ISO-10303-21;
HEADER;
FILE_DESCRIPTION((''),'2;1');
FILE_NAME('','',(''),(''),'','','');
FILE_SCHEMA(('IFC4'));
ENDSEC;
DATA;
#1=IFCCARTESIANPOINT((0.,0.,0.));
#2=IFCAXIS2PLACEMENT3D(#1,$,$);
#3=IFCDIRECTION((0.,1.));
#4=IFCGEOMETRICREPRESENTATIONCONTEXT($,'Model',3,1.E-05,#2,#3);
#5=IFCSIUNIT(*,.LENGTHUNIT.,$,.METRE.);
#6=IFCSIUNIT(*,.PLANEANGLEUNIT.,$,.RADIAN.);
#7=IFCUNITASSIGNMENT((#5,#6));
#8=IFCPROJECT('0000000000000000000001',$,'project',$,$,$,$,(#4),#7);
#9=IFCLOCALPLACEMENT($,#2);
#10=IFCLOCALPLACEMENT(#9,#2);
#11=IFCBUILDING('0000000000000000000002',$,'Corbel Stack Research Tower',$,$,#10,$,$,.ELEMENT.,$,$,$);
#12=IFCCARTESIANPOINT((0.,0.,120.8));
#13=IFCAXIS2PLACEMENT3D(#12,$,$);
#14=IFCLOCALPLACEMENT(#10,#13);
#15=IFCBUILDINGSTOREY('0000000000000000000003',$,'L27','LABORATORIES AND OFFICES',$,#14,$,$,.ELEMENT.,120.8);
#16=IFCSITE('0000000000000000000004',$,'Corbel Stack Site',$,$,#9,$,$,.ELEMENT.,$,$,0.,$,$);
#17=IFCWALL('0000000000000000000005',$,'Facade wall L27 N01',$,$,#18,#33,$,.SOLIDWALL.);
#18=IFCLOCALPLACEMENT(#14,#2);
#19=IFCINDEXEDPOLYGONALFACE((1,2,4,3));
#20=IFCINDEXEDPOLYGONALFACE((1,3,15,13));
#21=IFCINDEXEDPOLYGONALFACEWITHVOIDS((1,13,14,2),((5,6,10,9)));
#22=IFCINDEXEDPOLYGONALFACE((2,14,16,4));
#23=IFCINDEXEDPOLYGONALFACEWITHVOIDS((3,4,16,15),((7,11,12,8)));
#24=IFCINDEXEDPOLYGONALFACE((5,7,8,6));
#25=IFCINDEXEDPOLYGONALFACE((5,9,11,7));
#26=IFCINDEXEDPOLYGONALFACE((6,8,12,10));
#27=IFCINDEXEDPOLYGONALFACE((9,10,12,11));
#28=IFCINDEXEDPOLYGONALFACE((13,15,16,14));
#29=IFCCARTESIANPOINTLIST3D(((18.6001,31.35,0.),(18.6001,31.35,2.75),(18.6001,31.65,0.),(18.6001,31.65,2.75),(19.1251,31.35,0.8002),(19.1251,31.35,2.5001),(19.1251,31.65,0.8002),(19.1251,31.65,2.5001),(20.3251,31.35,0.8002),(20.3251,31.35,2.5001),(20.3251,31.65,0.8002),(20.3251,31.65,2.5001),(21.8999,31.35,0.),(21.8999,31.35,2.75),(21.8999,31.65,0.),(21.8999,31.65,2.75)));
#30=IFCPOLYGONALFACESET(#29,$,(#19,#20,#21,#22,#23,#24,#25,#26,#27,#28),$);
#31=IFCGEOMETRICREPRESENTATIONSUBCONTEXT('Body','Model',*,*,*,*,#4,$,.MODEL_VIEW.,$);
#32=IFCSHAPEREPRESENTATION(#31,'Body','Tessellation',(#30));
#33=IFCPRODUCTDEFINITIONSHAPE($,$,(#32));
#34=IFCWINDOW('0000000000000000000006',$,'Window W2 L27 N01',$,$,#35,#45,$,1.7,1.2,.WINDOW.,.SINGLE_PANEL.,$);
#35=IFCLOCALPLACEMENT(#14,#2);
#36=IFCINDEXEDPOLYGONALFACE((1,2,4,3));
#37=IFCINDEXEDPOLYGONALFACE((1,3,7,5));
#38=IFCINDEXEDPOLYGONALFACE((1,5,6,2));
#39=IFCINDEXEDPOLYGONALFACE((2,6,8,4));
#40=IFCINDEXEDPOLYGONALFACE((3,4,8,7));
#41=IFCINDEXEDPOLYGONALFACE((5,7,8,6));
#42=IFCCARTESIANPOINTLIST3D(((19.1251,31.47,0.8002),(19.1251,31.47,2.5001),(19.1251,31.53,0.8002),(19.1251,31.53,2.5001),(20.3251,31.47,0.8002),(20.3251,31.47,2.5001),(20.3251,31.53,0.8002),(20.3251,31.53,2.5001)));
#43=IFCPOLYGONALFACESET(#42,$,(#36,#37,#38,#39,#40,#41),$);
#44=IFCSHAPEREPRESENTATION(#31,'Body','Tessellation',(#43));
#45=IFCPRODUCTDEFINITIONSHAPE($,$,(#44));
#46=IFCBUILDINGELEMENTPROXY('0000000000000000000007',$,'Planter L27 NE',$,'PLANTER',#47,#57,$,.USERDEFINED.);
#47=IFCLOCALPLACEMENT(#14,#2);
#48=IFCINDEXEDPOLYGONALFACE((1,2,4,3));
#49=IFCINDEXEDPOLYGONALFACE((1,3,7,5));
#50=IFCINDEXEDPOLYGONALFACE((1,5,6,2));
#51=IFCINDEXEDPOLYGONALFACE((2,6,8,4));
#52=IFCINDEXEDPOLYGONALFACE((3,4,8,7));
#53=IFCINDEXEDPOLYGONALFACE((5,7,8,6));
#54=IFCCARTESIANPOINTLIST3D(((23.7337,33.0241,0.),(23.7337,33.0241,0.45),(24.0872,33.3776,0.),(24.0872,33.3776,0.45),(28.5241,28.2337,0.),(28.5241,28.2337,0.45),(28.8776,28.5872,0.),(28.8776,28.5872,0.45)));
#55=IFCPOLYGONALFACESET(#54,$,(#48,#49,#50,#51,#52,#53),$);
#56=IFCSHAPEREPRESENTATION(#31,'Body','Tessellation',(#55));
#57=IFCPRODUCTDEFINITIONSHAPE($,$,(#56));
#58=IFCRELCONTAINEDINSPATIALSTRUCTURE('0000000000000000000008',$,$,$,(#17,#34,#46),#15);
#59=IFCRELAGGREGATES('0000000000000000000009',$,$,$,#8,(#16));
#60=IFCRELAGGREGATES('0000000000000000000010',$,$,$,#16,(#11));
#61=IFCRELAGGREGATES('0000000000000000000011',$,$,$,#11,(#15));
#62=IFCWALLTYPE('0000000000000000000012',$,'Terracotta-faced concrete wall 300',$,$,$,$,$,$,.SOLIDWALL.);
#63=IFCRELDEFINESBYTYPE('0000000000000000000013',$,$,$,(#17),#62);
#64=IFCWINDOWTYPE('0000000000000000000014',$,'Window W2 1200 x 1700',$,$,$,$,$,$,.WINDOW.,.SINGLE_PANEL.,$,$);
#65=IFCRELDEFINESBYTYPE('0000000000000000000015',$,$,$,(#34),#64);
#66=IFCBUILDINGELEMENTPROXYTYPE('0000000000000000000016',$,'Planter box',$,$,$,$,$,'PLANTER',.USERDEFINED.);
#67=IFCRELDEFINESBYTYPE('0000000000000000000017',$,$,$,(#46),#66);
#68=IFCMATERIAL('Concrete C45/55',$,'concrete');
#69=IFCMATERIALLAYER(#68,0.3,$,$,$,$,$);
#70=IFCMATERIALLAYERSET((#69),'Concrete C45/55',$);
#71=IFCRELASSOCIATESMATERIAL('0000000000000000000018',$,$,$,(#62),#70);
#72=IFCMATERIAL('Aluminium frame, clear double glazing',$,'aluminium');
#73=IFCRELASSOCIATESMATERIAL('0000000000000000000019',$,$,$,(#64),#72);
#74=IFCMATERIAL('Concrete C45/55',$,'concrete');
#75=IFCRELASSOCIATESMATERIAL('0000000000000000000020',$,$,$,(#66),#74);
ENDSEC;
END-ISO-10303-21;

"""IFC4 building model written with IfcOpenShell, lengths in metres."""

from ifc_helpers import new_model, si_unit, direction, frame, frame_2d, origin, origin_2d, place, context, subcontext, project, spatial, rectangle, extrude, material, layer, layer_set, type_object, element, fill, save


model = new_model("IFC4")

# Units and contexts
model_context = context("Model", 3, precision=1e-05, world=origin(), true_north=direction((0.0, 1.0)))
body_context = subcontext(model_context, "Body", "Model", "MODEL_VIEW")
ifc_project = project(units=[si_unit("LENGTHUNIT", "METRE"), si_unit("PLANEANGLEUNIT", "RADIAN")], contexts=[model_context])

# Site, building, storey
site_placement = place(None, origin())
site = spatial("IfcSite", under=ifc_project, at=site_placement, Name="Corbel Stack Site", CompositionType="ELEMENT", RefElevation=0.0)
building_placement = place(site_placement, origin())
building = spatial("IfcBuilding", under=site, at=building_placement, Name="Corbel Stack Research Tower", CompositionType="ELEMENT")
storey_placement = place(building_placement, frame((0.0, 0.0, 120.8)))
storey = spatial("IfcBuildingStorey", under=building, at=storey_placement, Name="L27", Description="LABORATORIES AND OFFICES", CompositionType="ELEMENT", Elevation=120.8)

# Shared definitions
ifc_material_1 = material(Name="Concrete C45/55", Category="concrete")
ifc_layer_1 = layer(ifc_material_1, 0.3)
ifc_layer_set_1 = layer_set([ifc_layer_1], Name="Concrete C45/55")
wall_type_1 = type_object("IfcWallType", Name="Terracotta-faced concrete wall 300", PredefinedType="SOLIDWALL", material=ifc_layer_set_1)

# Wall, opening, window
wall_1_placement = place(storey_placement, frame((18.6001, 31.5, 0.0), z_axis=(0.0, 0.0, 1.0), x_axis=(1.0, 0.0, 0.0)))
wall_1 = element("IfcWall", 1, at=wall_1_placement, inside=storey, type_object=wall_type_1, Name="Facade wall L27 N01", PredefinedType="SOLIDWALL", context=body_context, shape_type="SweptSolid", body=[
    extrude(rectangle(XDim=3.2998, YDim=0.3, at=frame_2d((1.6499, 0.0))), origin(), (0.0, 0.0, 1.0), 2.75),
])
opening_1_placement = place(wall_1_placement, frame((0.5249, 0.0, 0.8)))
opening_1 = element("IfcOpeningElement", 2, at=opening_1_placement, cuts=wall_1, PredefinedType="OPENING", context=body_context, shape_type="SweptSolid", body=[
    extrude(rectangle(XDim=1.2, YDim=1.7, at=frame_2d((0.6001, 0.8501))), frame((0.0, 0.1599, 0.0), z_axis=(0.0, -1.0, 0.0), x_axis=(1.0, 0.0, 0.0)), (0.0, 0.0, 1.0), 0.3201),
])
ifc_material_2 = material(Name="Aluminium frame, clear double glazing", Category="aluminium")
window_type = type_object("IfcWindowType", Name="Window W2 1200 x 1700", PartitioningType="SINGLE_PANEL", PredefinedType="WINDOW", material=ifc_material_2)
window_placement = place(opening_1_placement, origin())
window = element("IfcWindow", 3, at=window_placement, inside=storey, type_object=window_type, Name="Window W2 L27 N01", OverallHeight=1.7, OverallWidth=1.2, PartitioningType="SINGLE_PANEL", PredefinedType="WINDOW", context=body_context, shape_type="SweptSolid", body=[
    extrude(rectangle(XDim=1.2, YDim=1.7, at=frame_2d((0.6001, 0.8501))), frame((0.0, 0.03, 0.0), z_axis=(0.0, -1.0, 0.0), x_axis=(1.0, 0.0, 0.0)), (0.0, 0.0, 1.0), 0.0601),
])
fill(opening_1, window)

# Building element proxy
ifc_material_3 = material(Name="Concrete C45/55", Category="concrete")
building_element_proxy_type = type_object("IfcBuildingElementProxyType", Name="Planter box", ElementType="PLANTER", PredefinedType="USERDEFINED", material=ifc_material_3)
proxy_placement = place(storey_placement, frame((26.3057, 30.8057, 0.0), z_axis=(0.0, 0.0, 1.0), x_axis=(-0.707107, 0.707107, 0.0)))
element("IfcBuildingElementProxy", 4, at=proxy_placement, inside=storey, type_object=building_element_proxy_type, Name="Planter L27 NE", ObjectType="PLANTER", PredefinedType="USERDEFINED", context=body_context, shape_type="SweptSolid", body=[
    extrude(rectangle(XDim=6.7747, YDim=0.5, at=origin_2d()), origin(), (0.0, 0.0, 1.0), 0.45),
])

save(model, "model.ifc")
